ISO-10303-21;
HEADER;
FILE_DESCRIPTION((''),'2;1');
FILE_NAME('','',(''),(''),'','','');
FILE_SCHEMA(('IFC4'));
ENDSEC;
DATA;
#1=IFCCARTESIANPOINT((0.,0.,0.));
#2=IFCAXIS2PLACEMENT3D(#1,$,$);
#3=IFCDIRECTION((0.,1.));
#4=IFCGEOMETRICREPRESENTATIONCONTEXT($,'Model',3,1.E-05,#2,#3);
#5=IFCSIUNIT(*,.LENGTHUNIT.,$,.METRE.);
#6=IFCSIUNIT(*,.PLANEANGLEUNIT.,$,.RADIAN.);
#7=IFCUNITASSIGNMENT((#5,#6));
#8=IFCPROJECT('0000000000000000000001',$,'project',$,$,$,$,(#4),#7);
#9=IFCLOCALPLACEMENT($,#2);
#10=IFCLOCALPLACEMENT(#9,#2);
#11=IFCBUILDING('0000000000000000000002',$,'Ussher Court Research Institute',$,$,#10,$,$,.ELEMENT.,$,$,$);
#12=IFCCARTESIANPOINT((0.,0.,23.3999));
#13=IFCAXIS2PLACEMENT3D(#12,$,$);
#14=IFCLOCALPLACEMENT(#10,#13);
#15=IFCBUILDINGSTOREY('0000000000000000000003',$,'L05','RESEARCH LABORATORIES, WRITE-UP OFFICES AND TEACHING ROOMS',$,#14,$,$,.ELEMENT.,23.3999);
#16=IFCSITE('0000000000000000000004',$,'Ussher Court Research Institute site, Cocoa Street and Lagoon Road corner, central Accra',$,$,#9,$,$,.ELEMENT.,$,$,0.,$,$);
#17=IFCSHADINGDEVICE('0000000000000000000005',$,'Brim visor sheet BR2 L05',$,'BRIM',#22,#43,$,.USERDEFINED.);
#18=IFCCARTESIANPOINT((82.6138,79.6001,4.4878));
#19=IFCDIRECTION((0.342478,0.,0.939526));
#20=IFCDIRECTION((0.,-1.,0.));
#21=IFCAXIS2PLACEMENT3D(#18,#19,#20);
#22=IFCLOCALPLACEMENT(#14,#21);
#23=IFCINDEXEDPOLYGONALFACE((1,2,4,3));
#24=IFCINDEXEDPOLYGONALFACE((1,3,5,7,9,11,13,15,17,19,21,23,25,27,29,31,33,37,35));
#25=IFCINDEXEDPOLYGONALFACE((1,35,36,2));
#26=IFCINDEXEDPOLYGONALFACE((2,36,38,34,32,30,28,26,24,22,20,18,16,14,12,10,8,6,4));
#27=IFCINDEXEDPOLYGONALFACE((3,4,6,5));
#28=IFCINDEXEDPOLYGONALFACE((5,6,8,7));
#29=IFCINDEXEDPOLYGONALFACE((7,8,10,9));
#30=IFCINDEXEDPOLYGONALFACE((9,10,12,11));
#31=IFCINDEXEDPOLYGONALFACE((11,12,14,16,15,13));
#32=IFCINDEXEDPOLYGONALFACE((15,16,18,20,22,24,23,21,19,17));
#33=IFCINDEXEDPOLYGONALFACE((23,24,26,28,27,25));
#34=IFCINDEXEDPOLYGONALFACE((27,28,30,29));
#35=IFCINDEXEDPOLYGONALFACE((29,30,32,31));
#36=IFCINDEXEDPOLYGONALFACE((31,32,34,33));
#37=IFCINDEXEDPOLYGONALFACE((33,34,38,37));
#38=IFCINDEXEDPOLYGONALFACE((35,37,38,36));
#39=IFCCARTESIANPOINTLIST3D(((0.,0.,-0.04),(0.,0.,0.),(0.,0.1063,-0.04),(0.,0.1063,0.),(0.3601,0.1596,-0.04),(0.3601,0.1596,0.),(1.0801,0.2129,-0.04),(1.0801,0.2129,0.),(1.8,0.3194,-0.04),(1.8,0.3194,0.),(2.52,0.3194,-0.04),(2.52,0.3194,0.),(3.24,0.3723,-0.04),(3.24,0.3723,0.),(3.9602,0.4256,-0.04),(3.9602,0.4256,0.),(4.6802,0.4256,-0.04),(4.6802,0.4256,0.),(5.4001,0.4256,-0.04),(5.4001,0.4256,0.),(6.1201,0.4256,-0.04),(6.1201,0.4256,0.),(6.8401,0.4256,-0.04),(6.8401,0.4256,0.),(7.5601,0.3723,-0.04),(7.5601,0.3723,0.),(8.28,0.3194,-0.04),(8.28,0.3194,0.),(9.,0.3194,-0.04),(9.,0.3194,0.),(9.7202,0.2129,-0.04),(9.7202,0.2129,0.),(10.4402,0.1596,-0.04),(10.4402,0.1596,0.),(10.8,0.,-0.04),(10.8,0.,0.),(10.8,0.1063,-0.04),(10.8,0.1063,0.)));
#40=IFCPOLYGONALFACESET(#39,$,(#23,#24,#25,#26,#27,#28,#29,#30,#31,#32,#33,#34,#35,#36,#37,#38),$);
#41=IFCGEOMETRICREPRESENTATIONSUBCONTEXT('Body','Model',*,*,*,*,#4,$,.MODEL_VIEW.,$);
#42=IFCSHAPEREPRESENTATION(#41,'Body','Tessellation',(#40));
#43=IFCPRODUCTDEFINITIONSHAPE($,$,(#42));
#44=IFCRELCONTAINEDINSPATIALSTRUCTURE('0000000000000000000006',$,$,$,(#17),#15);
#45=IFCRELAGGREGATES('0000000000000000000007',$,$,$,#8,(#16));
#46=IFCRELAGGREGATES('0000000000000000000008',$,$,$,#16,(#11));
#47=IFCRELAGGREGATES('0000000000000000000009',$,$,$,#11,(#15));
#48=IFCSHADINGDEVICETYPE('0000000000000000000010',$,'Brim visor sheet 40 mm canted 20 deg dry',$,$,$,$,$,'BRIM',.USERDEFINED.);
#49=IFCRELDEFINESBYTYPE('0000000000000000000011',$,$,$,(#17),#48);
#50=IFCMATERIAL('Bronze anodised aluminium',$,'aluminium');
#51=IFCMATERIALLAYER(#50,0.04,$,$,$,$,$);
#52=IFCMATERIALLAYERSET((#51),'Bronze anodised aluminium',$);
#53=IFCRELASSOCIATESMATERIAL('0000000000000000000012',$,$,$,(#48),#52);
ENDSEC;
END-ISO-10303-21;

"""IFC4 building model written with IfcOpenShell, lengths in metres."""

from ifc_helpers import new_model, si_unit, direction, frame, origin, place, context, subcontext, project, spatial, polyline, outline, extrude, material, layer, layer_set, type_object, element, save


model = new_model("IFC4")

# Units and contexts
model_context = context("Model", 3, precision=1e-05, world=origin(), true_north=direction((0.0, 1.0)))
body_context = subcontext(model_context, "Body", "Model", "MODEL_VIEW")
ifc_project = project(units=[si_unit("LENGTHUNIT", "METRE"), si_unit("PLANEANGLEUNIT", "RADIAN")], contexts=[model_context])

# Site, building, storey
site_placement = place(None, origin())
site = spatial("IfcSite", under=ifc_project, at=site_placement, Name="Ussher Court Research Institute site, Cocoa Street and Lagoon Road corner, central Accra", CompositionType="ELEMENT", RefElevation=0.0)
building_placement = place(site_placement, origin())
building = spatial("IfcBuilding", under=site, at=building_placement, Name="Ussher Court Research Institute", CompositionType="ELEMENT")
storey_placement = place(building_placement, frame((0.0, 0.0, 23.3999)))
storey = spatial("IfcBuildingStorey", under=building, at=storey_placement, Name="L05", Description="RESEARCH LABORATORIES, WRITE-UP OFFICES AND TEACHING ROOMS", CompositionType="ELEMENT", Elevation=23.3999)

# Shading device
ifc_material_1 = material(Name="Bronze anodised aluminium", Category="aluminium")
ifc_layer_1 = layer(ifc_material_1, 0.04)
ifc_layer_set_1 = layer_set([ifc_layer_1], Name="Bronze anodised aluminium")
shading_device_type_1 = type_object("IfcShadingDeviceType", Name="Brim visor sheet 40 mm canted 20 deg dry", ElementType="BRIM", PredefinedType="USERDEFINED", material=ifc_layer_set_1)
shading_device_1_placement = place(storey_placement, frame((82.6138, 79.6001, 4.4878), z_axis=(0.342478, 0.0, 0.939526), x_axis=(0.0, -1.0, 0.0)))
element("IfcShadingDevice", 1, at=shading_device_1_placement, inside=storey, type_object=shading_device_type_1, Name="Brim visor sheet BR2 L05", ObjectType="BRIM", PredefinedType="USERDEFINED", context=body_context, shape_type="SweptSolid", body=[
    extrude(outline(polyline([(0.0, 0.0), (10.8, 0.0), (10.8, 0.1063), (10.4402, 0.1596), (9.7202, 0.2129), (9.0, 0.3194), (8.28, 0.3194), (7.5601, 0.3723), (6.8401, 0.4256), (6.1201, 0.4256), (5.4001, 0.4256), (4.6802, 0.4256), (3.9602, 0.4256), (3.24, 0.3723), (2.52, 0.3194), (1.8, 0.3194), (1.0801, 0.2129), (0.3601, 0.1596), (0.0, 0.1063), (0.0, 0.0)])), origin(), (0.0, 0.0, -1.0), 0.04),
])

save(model, "model.ifc")
